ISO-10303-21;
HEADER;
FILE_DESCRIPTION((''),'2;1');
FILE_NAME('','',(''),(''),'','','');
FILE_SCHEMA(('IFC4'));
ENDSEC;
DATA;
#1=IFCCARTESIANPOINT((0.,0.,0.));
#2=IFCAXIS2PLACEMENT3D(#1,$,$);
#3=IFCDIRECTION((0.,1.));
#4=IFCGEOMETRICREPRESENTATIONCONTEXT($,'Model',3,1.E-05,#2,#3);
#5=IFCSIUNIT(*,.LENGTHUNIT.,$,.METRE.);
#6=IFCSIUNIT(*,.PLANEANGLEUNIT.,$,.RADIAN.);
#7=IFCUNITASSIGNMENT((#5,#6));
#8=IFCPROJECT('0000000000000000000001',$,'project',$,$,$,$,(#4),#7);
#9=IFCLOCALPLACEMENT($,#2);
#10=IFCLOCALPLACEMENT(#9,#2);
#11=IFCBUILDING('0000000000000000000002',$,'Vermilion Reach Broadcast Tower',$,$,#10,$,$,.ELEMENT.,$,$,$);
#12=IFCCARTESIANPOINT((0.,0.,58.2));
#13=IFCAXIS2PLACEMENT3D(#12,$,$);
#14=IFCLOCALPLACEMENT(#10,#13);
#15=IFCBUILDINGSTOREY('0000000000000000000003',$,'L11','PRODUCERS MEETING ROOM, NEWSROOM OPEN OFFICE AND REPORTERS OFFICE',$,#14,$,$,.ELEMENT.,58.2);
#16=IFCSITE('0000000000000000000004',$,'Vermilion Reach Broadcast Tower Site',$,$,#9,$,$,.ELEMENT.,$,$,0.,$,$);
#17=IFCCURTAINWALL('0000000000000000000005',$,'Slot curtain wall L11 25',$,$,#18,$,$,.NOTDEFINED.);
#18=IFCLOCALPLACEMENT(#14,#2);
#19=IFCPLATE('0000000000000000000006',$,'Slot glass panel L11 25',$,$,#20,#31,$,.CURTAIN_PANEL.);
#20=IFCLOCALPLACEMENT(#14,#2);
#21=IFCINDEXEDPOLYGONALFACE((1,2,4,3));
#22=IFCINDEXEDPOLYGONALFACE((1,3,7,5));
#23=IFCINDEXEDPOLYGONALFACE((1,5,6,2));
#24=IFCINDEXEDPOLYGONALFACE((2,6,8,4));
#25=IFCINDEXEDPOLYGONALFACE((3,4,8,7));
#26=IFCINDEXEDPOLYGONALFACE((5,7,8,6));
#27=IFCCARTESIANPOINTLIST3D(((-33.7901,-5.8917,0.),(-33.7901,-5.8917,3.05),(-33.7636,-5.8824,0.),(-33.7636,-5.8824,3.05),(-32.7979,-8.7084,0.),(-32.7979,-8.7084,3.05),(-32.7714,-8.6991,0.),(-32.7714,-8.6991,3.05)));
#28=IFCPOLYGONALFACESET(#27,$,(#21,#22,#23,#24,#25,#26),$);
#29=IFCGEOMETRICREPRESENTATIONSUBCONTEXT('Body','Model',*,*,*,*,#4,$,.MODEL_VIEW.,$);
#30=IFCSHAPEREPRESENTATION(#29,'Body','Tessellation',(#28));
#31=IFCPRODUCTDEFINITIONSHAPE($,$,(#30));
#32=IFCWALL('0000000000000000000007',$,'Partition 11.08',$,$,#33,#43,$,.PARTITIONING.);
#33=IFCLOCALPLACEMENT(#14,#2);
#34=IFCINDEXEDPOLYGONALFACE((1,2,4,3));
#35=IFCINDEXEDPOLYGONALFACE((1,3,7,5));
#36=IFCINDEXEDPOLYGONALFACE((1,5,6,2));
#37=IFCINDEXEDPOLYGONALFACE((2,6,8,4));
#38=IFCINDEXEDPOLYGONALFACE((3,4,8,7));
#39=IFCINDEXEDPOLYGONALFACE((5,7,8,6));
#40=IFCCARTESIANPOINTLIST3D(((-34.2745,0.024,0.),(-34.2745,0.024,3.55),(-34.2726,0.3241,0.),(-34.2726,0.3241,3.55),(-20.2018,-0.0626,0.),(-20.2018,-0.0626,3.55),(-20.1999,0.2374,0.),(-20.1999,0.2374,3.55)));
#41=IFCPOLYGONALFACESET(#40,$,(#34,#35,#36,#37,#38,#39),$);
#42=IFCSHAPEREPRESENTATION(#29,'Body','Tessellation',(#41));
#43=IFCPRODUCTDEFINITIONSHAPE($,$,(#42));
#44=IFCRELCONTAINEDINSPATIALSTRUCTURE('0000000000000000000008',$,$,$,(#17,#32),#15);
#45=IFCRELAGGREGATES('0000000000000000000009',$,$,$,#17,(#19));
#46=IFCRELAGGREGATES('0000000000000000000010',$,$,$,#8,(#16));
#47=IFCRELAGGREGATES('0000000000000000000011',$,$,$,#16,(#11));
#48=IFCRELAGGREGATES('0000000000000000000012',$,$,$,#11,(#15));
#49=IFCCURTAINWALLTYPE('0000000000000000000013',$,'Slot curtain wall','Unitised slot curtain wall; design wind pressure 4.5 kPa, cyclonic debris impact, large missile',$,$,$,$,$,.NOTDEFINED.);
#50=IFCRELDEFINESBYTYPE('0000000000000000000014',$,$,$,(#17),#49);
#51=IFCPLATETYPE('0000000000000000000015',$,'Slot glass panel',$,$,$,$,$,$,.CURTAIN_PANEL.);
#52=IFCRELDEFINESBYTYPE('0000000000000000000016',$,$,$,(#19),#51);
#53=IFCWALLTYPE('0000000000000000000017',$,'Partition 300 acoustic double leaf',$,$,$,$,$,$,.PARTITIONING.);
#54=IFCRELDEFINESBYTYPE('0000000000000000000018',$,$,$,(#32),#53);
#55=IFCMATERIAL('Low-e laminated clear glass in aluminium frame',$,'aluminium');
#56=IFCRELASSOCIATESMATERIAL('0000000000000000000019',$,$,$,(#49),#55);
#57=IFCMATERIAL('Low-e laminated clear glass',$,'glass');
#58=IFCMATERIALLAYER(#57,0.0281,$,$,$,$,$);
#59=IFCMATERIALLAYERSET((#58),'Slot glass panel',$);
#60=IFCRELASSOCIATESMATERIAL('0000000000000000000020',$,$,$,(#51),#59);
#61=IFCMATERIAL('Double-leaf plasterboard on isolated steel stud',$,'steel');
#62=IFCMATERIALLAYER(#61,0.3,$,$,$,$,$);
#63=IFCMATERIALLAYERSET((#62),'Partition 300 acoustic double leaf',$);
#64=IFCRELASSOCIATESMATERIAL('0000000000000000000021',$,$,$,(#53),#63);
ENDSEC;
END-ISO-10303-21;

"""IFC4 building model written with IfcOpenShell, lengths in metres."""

from ifc_helpers import new_model, si_unit, direction, frame, frame_2d, origin, origin_2d, place, context, subcontext, project, spatial, rectangle, extrude, material, layer, layer_set, type_object, element, aggregate, save


model = new_model("IFC4")

# Units and contexts
model_context = context("Model", 3, precision=1e-05, world=origin(), true_north=direction((0.0, 1.0)))
body_context = subcontext(model_context, "Body", "Model", "MODEL_VIEW")
ifc_project = project(units=[si_unit("LENGTHUNIT", "METRE"), si_unit("PLANEANGLEUNIT", "RADIAN")], contexts=[model_context])

# Site, building, storey
site_placement = place(None, origin())
site = spatial("IfcSite", under=ifc_project, at=site_placement, Name="Vermilion Reach Broadcast Tower Site", CompositionType="ELEMENT", RefElevation=0.0)
building_placement = place(site_placement, origin())
building = spatial("IfcBuilding", under=site, at=building_placement, Name="Vermilion Reach Broadcast Tower", CompositionType="ELEMENT")
storey_placement = place(building_placement, frame((0.0, 0.0, 58.2)))
storey = spatial("IfcBuildingStorey", under=building, at=storey_placement, Name="L11", Description="PRODUCERS MEETING ROOM, NEWSROOM OPEN OFFICE AND REPORTERS OFFICE", CompositionType="ELEMENT", Elevation=58.2)

# Shared definitions
ifc_material_1 = material(Name="Low-e laminated clear glass in aluminium frame", Category="aluminium")
curtain_wall_type = type_object("IfcCurtainWallType", Name="Slot curtain wall", Description="Unitised slot curtain wall; design wind pressure 4.5 kPa, cyclonic debris impact, large missile", PredefinedType="NOTDEFINED", material=ifc_material_1)
placement = place(storey_placement, origin())

# Curtain wall
curtain_wall_1 = element("IfcCurtainWall", 1, at=placement, inside=storey, type_object=curtain_wall_type, Name="Slot curtain wall L11 25", PredefinedType="NOTDEFINED")

# Plate
ifc_material_2 = material(Name="Low-e laminated clear glass", Category="glass")
ifc_layer_1 = layer(ifc_material_2, 0.0281)
ifc_layer_set_1 = layer_set([ifc_layer_1], Name="Slot glass panel")
plate_type = type_object("IfcPlateType", Name="Slot glass panel", PredefinedType="CURTAIN_PANEL", material=ifc_layer_set_1)
plate_1_placement = place(storey_placement, frame((-33.2808, -7.2954, 0.0), z_axis=(0.0, 0.0, 1.0), x_axis=(0.332236, -0.943196, 0.0)))
plate_1 = element("IfcPlate", 2, at=plate_1_placement, type_object=plate_type, Name="Slot glass panel L11 25", PredefinedType="CURTAIN_PANEL", context=body_context, shape_type="SweptSolid", body=[
    extrude(rectangle(XDim=2.9863, YDim=0.0281, at=origin_2d()), origin(), (0.0, 0.0, 1.0), 3.05),
])
aggregate(curtain_wall_1, [plate_1])

# Wall
ifc_material_3 = material(Name="Double-leaf plasterboard on isolated steel stud", Category="steel")
ifc_layer_2 = layer(ifc_material_3, 0.3)
ifc_layer_set_2 = layer_set([ifc_layer_2], Name="Partition 300 acoustic double leaf")
wall_type = type_object("IfcWallType", Name="Partition 300 acoustic double leaf", PredefinedType="PARTITIONING", material=ifc_layer_set_2)
wall_placement = place(storey_placement, frame((-34.2737, 0.1741, 0.0), z_axis=(0.0, 0.0, 1.0), x_axis=(0.999981, -0.006159, 0.0)))
element("IfcWall", 3, at=wall_placement, inside=storey, type_object=wall_type, Name="Partition 11.08", PredefinedType="PARTITIONING", context=body_context, shape_type="SweptSolid", body=[
    extrude(rectangle(XDim=14.073, YDim=0.3, at=frame_2d((7.0366, 0.0))), origin(), (0.0, 0.0, 1.0), 3.55),
])

save(model, "model.ifc")
